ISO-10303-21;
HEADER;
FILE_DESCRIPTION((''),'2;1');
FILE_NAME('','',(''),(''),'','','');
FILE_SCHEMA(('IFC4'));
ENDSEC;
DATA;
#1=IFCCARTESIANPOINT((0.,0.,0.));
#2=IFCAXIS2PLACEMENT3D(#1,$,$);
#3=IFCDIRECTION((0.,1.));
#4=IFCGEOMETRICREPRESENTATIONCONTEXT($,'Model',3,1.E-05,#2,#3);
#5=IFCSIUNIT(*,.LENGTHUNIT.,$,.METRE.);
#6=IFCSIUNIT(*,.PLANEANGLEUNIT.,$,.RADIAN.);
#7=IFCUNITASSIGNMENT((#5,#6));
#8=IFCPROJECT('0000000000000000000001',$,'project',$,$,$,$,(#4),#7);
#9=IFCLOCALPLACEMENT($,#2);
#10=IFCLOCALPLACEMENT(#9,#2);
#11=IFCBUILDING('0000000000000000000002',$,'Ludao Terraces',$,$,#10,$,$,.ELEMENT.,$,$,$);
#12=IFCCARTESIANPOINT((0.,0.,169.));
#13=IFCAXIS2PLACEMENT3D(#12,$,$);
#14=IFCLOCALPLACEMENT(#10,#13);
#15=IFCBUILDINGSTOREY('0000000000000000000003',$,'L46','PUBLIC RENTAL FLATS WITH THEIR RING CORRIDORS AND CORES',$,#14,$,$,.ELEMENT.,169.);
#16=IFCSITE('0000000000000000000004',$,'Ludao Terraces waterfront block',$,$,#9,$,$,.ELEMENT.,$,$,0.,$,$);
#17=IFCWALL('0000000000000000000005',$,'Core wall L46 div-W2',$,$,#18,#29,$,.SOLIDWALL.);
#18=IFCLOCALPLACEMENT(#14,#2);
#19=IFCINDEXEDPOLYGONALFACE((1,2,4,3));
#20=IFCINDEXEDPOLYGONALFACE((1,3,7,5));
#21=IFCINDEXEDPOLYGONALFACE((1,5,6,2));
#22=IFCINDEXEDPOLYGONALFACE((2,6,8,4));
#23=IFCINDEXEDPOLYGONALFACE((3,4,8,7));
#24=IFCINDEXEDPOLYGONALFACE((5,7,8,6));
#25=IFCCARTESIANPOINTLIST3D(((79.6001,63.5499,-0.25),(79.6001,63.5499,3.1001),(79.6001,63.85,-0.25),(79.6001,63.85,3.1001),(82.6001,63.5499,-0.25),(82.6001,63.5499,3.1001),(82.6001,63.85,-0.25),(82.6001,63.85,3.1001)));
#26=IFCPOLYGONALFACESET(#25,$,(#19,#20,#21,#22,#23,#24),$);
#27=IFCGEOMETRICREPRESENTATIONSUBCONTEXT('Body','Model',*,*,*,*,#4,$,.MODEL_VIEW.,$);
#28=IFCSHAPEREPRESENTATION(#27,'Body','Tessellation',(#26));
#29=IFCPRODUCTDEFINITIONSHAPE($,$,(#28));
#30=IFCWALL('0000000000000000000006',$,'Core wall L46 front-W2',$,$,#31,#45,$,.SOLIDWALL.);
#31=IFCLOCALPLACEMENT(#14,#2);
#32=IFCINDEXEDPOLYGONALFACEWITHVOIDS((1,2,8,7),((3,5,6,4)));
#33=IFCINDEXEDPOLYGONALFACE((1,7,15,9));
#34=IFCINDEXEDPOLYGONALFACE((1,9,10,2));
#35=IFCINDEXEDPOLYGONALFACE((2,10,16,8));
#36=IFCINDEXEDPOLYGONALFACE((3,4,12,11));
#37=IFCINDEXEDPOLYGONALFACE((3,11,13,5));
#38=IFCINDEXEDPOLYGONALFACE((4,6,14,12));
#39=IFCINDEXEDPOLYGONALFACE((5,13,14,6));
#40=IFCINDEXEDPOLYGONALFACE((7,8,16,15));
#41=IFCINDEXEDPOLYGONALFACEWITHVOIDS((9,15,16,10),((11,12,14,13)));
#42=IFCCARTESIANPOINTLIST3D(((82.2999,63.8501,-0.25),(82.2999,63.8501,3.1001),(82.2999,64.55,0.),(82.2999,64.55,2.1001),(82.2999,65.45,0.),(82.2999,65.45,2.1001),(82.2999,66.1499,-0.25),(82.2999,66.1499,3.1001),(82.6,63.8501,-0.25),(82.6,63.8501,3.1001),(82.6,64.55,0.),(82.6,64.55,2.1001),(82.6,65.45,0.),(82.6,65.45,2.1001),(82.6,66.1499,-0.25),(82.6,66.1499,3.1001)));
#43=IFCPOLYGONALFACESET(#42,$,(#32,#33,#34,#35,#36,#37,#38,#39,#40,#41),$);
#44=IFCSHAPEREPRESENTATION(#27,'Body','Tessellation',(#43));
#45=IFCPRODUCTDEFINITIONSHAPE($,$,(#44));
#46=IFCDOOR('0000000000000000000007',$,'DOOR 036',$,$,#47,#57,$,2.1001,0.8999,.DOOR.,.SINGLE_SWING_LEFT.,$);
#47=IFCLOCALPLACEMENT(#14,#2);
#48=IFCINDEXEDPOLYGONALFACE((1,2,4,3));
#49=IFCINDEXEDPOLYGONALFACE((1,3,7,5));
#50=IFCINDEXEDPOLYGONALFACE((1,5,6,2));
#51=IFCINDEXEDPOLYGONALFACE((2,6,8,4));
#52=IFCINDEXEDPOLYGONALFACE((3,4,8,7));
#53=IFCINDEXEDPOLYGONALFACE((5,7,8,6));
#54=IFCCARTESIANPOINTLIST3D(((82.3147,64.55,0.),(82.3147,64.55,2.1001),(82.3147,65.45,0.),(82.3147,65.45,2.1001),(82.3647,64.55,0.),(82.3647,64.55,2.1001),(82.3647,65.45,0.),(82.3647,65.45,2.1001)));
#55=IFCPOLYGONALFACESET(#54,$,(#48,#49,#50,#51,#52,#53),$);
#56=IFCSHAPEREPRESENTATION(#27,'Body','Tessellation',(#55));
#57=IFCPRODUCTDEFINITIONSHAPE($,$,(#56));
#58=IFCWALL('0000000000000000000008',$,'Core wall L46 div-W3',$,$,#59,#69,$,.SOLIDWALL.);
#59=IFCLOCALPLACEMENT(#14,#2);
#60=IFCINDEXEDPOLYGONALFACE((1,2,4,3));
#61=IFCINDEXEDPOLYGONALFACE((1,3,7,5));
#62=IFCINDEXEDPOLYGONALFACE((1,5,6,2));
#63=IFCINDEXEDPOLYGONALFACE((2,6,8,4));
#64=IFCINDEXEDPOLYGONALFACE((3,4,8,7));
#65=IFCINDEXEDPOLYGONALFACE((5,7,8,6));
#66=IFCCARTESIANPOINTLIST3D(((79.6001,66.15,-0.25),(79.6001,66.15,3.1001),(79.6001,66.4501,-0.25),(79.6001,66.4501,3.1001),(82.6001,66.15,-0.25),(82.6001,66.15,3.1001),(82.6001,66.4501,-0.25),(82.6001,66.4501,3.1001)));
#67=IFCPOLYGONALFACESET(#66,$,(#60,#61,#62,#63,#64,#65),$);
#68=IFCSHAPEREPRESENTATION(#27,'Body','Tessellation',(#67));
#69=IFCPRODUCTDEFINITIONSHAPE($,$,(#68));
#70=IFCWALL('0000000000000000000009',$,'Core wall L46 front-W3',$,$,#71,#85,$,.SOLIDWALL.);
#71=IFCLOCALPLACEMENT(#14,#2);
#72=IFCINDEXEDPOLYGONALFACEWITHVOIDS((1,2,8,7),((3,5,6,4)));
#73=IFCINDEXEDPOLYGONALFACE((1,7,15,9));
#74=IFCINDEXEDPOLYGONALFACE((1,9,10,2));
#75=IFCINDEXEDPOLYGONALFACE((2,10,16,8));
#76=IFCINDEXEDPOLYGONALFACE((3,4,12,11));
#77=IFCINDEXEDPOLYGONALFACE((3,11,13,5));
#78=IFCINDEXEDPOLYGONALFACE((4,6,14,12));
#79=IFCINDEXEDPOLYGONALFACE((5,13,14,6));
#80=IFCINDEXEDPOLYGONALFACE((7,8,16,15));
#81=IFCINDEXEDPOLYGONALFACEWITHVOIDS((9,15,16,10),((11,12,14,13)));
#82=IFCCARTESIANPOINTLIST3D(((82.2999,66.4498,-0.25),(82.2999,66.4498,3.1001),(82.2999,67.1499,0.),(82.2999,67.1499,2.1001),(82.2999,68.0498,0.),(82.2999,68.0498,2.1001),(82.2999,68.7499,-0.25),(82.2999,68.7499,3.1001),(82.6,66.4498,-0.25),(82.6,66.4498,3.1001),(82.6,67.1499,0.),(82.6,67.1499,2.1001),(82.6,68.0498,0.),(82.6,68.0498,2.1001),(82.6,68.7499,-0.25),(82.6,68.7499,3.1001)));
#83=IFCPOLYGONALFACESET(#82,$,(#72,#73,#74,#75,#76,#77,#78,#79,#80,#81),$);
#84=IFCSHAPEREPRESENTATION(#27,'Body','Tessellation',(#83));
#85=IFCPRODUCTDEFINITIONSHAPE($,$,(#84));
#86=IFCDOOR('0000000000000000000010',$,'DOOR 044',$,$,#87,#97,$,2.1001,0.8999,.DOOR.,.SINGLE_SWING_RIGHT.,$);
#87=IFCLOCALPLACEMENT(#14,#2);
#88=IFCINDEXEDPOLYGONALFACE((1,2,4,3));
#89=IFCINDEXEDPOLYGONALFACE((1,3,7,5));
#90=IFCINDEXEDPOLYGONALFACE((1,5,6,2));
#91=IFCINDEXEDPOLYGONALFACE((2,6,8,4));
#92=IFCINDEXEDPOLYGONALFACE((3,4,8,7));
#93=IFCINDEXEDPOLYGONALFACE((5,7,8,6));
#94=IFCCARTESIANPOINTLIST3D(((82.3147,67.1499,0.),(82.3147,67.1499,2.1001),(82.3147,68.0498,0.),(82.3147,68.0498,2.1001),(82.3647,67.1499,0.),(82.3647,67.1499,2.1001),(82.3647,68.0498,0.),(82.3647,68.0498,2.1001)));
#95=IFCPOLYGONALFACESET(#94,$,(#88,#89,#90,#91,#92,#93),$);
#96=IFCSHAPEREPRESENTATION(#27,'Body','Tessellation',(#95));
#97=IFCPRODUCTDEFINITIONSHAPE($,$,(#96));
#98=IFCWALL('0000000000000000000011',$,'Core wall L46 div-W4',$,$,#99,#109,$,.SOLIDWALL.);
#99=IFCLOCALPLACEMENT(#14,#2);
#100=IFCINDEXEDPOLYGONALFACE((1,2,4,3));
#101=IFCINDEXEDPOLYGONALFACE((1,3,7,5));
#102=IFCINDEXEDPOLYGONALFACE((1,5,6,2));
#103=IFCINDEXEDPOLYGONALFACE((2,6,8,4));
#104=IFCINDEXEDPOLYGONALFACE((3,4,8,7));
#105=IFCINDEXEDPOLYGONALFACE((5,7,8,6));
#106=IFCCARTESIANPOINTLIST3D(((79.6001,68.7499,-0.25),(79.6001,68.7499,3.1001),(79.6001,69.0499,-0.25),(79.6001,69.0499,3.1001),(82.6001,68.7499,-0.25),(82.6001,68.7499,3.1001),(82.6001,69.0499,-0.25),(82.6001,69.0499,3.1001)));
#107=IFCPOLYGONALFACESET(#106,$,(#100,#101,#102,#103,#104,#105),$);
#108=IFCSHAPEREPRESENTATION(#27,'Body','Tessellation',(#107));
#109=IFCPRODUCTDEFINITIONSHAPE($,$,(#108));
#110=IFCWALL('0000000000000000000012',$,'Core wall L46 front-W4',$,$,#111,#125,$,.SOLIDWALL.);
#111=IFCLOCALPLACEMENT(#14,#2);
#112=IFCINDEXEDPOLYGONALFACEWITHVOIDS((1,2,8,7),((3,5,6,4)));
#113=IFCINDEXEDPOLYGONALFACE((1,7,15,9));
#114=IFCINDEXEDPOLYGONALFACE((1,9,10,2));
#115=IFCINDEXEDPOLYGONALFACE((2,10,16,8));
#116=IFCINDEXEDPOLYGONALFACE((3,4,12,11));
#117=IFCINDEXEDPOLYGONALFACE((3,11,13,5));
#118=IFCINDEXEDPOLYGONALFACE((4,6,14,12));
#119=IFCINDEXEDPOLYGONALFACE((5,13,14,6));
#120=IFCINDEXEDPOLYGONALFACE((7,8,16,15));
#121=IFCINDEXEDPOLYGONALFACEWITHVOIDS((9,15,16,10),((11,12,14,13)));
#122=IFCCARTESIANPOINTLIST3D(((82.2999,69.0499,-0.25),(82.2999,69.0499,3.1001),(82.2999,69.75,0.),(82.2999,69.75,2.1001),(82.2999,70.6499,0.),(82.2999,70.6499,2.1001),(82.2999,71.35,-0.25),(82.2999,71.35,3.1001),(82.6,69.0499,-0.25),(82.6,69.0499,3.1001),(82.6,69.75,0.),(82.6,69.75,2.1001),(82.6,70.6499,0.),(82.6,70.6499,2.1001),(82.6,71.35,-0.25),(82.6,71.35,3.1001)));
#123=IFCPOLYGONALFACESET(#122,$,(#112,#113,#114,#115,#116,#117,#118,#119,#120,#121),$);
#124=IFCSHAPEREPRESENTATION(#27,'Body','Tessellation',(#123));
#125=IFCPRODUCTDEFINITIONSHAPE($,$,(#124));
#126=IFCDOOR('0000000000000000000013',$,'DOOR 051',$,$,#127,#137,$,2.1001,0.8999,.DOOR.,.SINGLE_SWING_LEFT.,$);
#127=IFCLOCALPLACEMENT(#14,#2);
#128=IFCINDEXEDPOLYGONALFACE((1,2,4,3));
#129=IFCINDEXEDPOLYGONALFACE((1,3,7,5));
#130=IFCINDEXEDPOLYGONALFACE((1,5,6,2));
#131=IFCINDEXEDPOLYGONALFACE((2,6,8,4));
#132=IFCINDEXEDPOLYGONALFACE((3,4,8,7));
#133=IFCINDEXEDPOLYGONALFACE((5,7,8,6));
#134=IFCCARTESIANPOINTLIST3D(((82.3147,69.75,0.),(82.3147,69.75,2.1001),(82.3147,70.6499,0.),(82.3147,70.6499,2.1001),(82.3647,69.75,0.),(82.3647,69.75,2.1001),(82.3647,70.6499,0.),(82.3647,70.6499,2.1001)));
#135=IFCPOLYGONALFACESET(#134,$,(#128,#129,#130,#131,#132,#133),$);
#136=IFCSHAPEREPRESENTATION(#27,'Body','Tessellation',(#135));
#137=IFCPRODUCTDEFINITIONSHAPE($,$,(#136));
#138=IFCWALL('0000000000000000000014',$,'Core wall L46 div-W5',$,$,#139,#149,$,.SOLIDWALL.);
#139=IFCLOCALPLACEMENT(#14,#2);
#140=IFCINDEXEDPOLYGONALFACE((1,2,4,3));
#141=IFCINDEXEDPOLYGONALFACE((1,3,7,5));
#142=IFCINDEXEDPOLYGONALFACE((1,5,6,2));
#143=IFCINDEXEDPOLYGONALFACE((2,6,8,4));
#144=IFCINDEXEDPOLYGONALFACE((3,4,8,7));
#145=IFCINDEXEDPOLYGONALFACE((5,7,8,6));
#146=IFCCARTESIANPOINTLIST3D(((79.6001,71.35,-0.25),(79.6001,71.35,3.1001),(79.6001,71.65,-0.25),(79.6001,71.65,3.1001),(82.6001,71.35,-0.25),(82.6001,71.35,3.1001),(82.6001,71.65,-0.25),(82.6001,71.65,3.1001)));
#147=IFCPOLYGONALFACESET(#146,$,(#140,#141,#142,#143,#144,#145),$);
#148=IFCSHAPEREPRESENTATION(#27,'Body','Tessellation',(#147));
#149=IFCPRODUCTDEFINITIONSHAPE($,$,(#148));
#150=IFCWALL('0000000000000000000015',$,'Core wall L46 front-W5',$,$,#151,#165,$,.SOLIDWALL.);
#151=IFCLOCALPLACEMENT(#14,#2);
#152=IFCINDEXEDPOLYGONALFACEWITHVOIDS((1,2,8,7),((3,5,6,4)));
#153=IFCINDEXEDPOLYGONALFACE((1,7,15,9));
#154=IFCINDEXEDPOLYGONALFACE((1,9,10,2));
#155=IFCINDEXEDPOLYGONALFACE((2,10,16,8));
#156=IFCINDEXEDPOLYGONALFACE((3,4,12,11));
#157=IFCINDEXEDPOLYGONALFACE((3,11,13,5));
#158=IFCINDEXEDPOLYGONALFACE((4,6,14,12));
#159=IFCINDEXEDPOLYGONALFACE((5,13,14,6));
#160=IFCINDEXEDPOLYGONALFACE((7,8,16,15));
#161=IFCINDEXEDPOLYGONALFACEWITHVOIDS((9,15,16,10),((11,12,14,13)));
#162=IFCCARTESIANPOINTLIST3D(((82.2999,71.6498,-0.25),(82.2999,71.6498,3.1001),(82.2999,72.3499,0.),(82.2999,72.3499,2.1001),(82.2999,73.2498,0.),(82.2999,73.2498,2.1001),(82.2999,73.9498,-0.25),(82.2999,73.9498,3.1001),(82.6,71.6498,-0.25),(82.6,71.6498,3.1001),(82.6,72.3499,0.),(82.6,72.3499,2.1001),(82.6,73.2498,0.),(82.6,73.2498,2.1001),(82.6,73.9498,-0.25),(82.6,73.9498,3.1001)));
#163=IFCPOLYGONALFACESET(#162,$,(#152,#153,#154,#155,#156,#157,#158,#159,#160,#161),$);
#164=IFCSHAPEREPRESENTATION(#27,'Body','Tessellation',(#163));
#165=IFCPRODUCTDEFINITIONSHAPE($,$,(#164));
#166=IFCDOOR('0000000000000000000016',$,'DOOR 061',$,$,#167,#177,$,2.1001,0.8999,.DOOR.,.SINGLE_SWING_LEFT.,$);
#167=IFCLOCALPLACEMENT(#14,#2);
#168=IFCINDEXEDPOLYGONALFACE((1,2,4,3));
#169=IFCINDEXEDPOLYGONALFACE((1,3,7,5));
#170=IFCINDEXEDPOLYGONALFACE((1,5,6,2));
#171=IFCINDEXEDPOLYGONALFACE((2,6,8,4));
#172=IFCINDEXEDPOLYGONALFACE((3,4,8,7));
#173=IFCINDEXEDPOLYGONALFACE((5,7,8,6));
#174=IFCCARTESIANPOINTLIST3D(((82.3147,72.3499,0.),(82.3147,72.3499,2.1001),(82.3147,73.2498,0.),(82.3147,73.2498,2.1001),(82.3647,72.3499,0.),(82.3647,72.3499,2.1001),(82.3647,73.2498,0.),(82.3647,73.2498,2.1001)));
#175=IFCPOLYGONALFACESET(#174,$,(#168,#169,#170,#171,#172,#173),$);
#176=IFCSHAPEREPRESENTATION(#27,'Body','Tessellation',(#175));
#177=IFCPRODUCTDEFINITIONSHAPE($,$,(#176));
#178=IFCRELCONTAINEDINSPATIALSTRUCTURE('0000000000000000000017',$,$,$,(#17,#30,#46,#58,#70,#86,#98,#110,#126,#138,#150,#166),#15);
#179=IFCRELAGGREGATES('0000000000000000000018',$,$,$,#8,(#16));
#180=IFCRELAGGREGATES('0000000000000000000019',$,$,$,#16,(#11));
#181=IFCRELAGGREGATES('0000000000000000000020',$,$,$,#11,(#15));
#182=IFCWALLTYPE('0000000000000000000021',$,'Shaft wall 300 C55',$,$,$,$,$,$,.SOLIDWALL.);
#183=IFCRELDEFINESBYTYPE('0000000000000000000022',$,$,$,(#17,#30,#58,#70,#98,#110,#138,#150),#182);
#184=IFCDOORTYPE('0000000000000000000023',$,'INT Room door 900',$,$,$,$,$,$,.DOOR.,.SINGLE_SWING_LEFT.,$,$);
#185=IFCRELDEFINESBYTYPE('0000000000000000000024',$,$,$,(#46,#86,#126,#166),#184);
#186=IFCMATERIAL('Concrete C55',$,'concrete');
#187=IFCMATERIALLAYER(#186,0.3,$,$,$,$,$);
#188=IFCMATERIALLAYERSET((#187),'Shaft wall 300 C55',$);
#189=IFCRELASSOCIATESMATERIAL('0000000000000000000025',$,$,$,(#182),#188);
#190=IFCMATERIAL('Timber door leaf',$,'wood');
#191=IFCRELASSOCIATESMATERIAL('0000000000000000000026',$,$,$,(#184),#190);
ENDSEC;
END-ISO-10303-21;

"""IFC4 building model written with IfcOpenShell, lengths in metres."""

from ifc_helpers import new_model, si_unit, direction, frame, frame_2d, origin, place, context, subcontext, project, spatial, rectangle, extrude, material, layer, layer_set, type_object, element, fill, save


model = new_model("IFC4")

# Units and contexts
model_context = context("Model", 3, precision=1e-05, world=origin(), true_north=direction((0.0, 1.0)))
body_context = subcontext(model_context, "Body", "Model", "MODEL_VIEW")
ifc_project = project(units=[si_unit("LENGTHUNIT", "METRE"), si_unit("PLANEANGLEUNIT", "RADIAN")], contexts=[model_context])

# Site, building, storey
site_placement = place(None, origin())
site = spatial("IfcSite", under=ifc_project, at=site_placement, Name="Ludao Terraces waterfront block", CompositionType="ELEMENT", RefElevation=0.0)
building_placement = place(site_placement, origin())
building = spatial("IfcBuilding", under=site, at=building_placement, Name="Ludao Terraces", CompositionType="ELEMENT")
storey_placement = place(building_placement, frame((0.0, 0.0, 169.0)))
storey = spatial("IfcBuildingStorey", under=building, at=storey_placement, Name="L46", Description="PUBLIC RENTAL FLATS WITH THEIR RING CORRIDORS AND CORES", CompositionType="ELEMENT", Elevation=169.0)

# Wall
ifc_material_1 = material(Name="Concrete C55", Category="concrete")
ifc_layer = layer(ifc_material_1, 0.3)
ifc_layer_set = layer_set([ifc_layer], Name="Shaft wall 300 C55")
wall_type = type_object("IfcWallType", Name="Shaft wall 300 C55", PredefinedType="SOLIDWALL", material=ifc_layer_set)
wall_1_placement = place(storey_placement, frame((79.6001, 63.7, -0.25), z_axis=(0.0, 0.0, 1.0), x_axis=(1.0, 0.0, 0.0)))
element("IfcWall", 1, at=wall_1_placement, inside=storey, type_object=wall_type, Name="Core wall L46 div-W2", PredefinedType="SOLIDWALL", context=body_context, shape_type="SweptSolid", body=[
    extrude(rectangle(XDim=3.0, YDim=0.3, at=frame_2d((1.5, 0.0))), origin(), (0.0, 0.0, 1.0), 3.3501),
])

# Wall, opening, door
wall_2_placement = place(storey_placement, frame((82.45, 63.8501, -0.25), z_axis=(0.0, 0.0, 1.0), x_axis=(0.0, 1.0, 0.0)))
wall_2 = element("IfcWall", 2, at=wall_2_placement, inside=storey, type_object=wall_type, Name="Core wall L46 front-W2", PredefinedType="SOLIDWALL", context=body_context, shape_type="SweptSolid", body=[
    extrude(rectangle(XDim=2.2998, YDim=0.3, at=frame_2d((1.1499, 0.0))), origin(), (0.0, 0.0, 1.0), 3.3501),
])
opening_1_placement = place(wall_2_placement, frame((0.7, 0.0, 0.25)))
opening_1 = element("IfcOpeningElement", 3, at=opening_1_placement, cuts=wall_2, PredefinedType="OPENING", context=body_context, shape_type="SweptSolid", body=[
    extrude(rectangle(XDim=0.8999, YDim=2.1001, at=frame_2d((0.45, 1.05))), frame((0.0, 0.1602, 0.0), z_axis=(0.0, -1.0, 0.0), x_axis=(1.0, 0.0, 0.0)), (0.0, 0.0, 1.0), 0.3201),
])
ifc_material_2 = material(Name="Timber door leaf", Category="wood")
door_type = type_object("IfcDoorType", Name="INT Room door 900", OperationType="SINGLE_SWING_LEFT", PredefinedType="DOOR", material=ifc_material_2)
door_1_placement = place(opening_1_placement, origin())
door_1 = element("IfcDoor", 4, at=door_1_placement, inside=storey, type_object=door_type, Name="DOOR 036", OperationType="SINGLE_SWING_LEFT", OverallHeight=2.1001, OverallWidth=0.8999, PredefinedType="DOOR", context=body_context, shape_type="SweptSolid", body=[
    extrude(rectangle(XDim=0.8999, YDim=2.1001, at=frame_2d((0.45, 1.05))), frame((0.0, 0.1353, 0.0), z_axis=(0.0, -1.0, 0.0), x_axis=(1.0, 0.0, 0.0)), (0.0, 0.0, 1.0), 0.05),
])
fill(opening_1, door_1)

# Wall
wall_3_placement = place(storey_placement, frame((79.6001, 66.3, -0.25), z_axis=(0.0, 0.0, 1.0), x_axis=(1.0, 0.0, 0.0)))
element("IfcWall", 5, at=wall_3_placement, inside=storey, type_object=wall_type, Name="Core wall L46 div-W3", PredefinedType="SOLIDWALL", context=body_context, shape_type="SweptSolid", body=[
    extrude(rectangle(XDim=3.0, YDim=0.3, at=frame_2d((1.5, 0.0))), origin(), (0.0, 0.0, 1.0), 3.3501),
])

# Wall, opening, door
wall_4_placement = place(storey_placement, frame((82.45, 66.45, -0.25), z_axis=(0.0, 0.0, 1.0), x_axis=(0.0, 1.0, 0.0)))
wall_4 = element("IfcWall", 6, at=wall_4_placement, inside=storey, type_object=wall_type, Name="Core wall L46 front-W3", PredefinedType="SOLIDWALL", context=body_context, shape_type="SweptSolid", body=[
    extrude(rectangle(XDim=2.3, YDim=0.3, at=frame_2d((1.1499, 0.0))), origin(), (0.0, 0.0, 1.0), 3.3501),
])
opening_2_placement = place(wall_4_placement, frame((0.7, 0.0, 0.25)))
opening_2 = element("IfcOpeningElement", 7, at=opening_2_placement, cuts=wall_4, PredefinedType="OPENING", context=body_context, shape_type="SweptSolid", body=[
    extrude(rectangle(XDim=0.8999, YDim=2.1001, at=frame_2d((0.45, 1.05))), frame((0.0, 0.1602, 0.0), z_axis=(0.0, -1.0, 0.0), x_axis=(1.0, 0.0, 0.0)), (0.0, 0.0, 1.0), 0.3201),
])
door_2_placement = place(opening_2_placement, origin())
door_2 = element("IfcDoor", 8, at=door_2_placement, inside=storey, type_object=door_type, Name="DOOR 044", OperationType="SINGLE_SWING_RIGHT", OverallHeight=2.1001, OverallWidth=0.8999, PredefinedType="DOOR", context=body_context, shape_type="SweptSolid", body=[
    extrude(rectangle(XDim=0.8999, YDim=2.1001, at=frame_2d((0.45, 1.05))), frame((0.0, 0.1353, 0.0), z_axis=(0.0, -1.0, 0.0), x_axis=(1.0, 0.0, 0.0)), (0.0, 0.0, 1.0), 0.05),
])
fill(opening_2, door_2)

# Wall
wall_5_placement = place(storey_placement, frame((79.6001, 68.8999, -0.25), z_axis=(0.0, 0.0, 1.0), x_axis=(1.0, 0.0, 0.0)))
element("IfcWall", 9, at=wall_5_placement, inside=storey, type_object=wall_type, Name="Core wall L46 div-W4", PredefinedType="SOLIDWALL", context=body_context, shape_type="SweptSolid", body=[
    extrude(rectangle(XDim=3.0, YDim=0.3, at=frame_2d((1.5, 0.0))), origin(), (0.0, 0.0, 1.0), 3.3501),
])

# Wall, opening, door
wall_6_placement = place(storey_placement, frame((82.45, 69.05, -0.25), z_axis=(0.0, 0.0, 1.0), x_axis=(0.0, 1.0, 0.0)))
wall_6 = element("IfcWall", 10, at=wall_6_placement, inside=storey, type_object=wall_type, Name="Core wall L46 front-W4", PredefinedType="SOLIDWALL", context=body_context, shape_type="SweptSolid", body=[
    extrude(rectangle(XDim=2.3, YDim=0.3, at=frame_2d((1.1499, 0.0))), origin(), (0.0, 0.0, 1.0), 3.3501),
])
opening_3_placement = place(wall_6_placement, frame((0.7, 0.0, 0.25)))
opening_3 = element("IfcOpeningElement", 11, at=opening_3_placement, cuts=wall_6, PredefinedType="OPENING", context=body_context, shape_type="SweptSolid", body=[
    extrude(rectangle(XDim=0.8999, YDim=2.1001, at=frame_2d((0.45, 1.05))), frame((0.0, 0.1602, 0.0), z_axis=(0.0, -1.0, 0.0), x_axis=(1.0, 0.0, 0.0)), (0.0, 0.0, 1.0), 0.3201),
])
door_3_placement = place(opening_3_placement, origin())
door_3 = element("IfcDoor", 12, at=door_3_placement, inside=storey, type_object=door_type, Name="DOOR 051", OperationType="SINGLE_SWING_LEFT", OverallHeight=2.1001, OverallWidth=0.8999, PredefinedType="DOOR", context=body_context, shape_type="SweptSolid", body=[
    extrude(rectangle(XDim=0.8999, YDim=2.1001, at=frame_2d((0.45, 1.05))), frame((0.0, 0.1353, 0.0), z_axis=(0.0, -1.0, 0.0), x_axis=(1.0, 0.0, 0.0)), (0.0, 0.0, 1.0), 0.05),
])
fill(opening_3, door_3)

# Wall
wall_7_placement = place(storey_placement, frame((79.6001, 71.5, -0.25), z_axis=(0.0, 0.0, 1.0), x_axis=(1.0, 0.0, 0.0)))
element("IfcWall", 13, at=wall_7_placement, inside=storey, type_object=wall_type, Name="Core wall L46 div-W5", PredefinedType="SOLIDWALL", context=body_context, shape_type="SweptSolid", body=[
    extrude(rectangle(XDim=3.0, YDim=0.3, at=frame_2d((1.5, 0.0))), origin(), (0.0, 0.0, 1.0), 3.3501),
])

# Wall, opening, door
wall_8_placement = place(storey_placement, frame((82.45, 71.6499, -0.25), z_axis=(0.0, 0.0, 1.0), x_axis=(0.0, 1.0, 0.0)))
wall_8 = element("IfcWall", 14, at=wall_8_placement, inside=storey, type_object=wall_type, Name="Core wall L46 front-W5", PredefinedType="SOLIDWALL", context=body_context, shape_type="SweptSolid", body=[
    extrude(rectangle(XDim=2.3, YDim=0.3, at=frame_2d((1.1499, 0.0))), origin(), (0.0, 0.0, 1.0), 3.3501),
])
opening_4_placement = place(wall_8_placement, frame((0.7, 0.0, 0.25)))
opening_4 = element("IfcOpeningElement", 15, at=opening_4_placement, cuts=wall_8, PredefinedType="OPENING", context=body_context, shape_type="SweptSolid", body=[
    extrude(rectangle(XDim=0.8999, YDim=2.1001, at=frame_2d((0.45, 1.05))), frame((0.0, 0.1602, 0.0), z_axis=(0.0, -1.0, 0.0), x_axis=(1.0, 0.0, 0.0)), (0.0, 0.0, 1.0), 0.3201),
])
door_4_placement = place(opening_4_placement, origin())
door_4 = element("IfcDoor", 16, at=door_4_placement, inside=storey, type_object=door_type, Name="DOOR 061", OperationType="SINGLE_SWING_LEFT", OverallHeight=2.1001, OverallWidth=0.8999, PredefinedType="DOOR", context=body_context, shape_type="SweptSolid", body=[
    extrude(rectangle(XDim=0.8999, YDim=2.1001, at=frame_2d((0.45, 1.05))), frame((0.0, 0.1353, 0.0), z_axis=(0.0, -1.0, 0.0), x_axis=(1.0, 0.0, 0.0)), (0.0, 0.0, 1.0), 0.05),
])
fill(opening_4, door_4)

save(model, "model.ifc")
